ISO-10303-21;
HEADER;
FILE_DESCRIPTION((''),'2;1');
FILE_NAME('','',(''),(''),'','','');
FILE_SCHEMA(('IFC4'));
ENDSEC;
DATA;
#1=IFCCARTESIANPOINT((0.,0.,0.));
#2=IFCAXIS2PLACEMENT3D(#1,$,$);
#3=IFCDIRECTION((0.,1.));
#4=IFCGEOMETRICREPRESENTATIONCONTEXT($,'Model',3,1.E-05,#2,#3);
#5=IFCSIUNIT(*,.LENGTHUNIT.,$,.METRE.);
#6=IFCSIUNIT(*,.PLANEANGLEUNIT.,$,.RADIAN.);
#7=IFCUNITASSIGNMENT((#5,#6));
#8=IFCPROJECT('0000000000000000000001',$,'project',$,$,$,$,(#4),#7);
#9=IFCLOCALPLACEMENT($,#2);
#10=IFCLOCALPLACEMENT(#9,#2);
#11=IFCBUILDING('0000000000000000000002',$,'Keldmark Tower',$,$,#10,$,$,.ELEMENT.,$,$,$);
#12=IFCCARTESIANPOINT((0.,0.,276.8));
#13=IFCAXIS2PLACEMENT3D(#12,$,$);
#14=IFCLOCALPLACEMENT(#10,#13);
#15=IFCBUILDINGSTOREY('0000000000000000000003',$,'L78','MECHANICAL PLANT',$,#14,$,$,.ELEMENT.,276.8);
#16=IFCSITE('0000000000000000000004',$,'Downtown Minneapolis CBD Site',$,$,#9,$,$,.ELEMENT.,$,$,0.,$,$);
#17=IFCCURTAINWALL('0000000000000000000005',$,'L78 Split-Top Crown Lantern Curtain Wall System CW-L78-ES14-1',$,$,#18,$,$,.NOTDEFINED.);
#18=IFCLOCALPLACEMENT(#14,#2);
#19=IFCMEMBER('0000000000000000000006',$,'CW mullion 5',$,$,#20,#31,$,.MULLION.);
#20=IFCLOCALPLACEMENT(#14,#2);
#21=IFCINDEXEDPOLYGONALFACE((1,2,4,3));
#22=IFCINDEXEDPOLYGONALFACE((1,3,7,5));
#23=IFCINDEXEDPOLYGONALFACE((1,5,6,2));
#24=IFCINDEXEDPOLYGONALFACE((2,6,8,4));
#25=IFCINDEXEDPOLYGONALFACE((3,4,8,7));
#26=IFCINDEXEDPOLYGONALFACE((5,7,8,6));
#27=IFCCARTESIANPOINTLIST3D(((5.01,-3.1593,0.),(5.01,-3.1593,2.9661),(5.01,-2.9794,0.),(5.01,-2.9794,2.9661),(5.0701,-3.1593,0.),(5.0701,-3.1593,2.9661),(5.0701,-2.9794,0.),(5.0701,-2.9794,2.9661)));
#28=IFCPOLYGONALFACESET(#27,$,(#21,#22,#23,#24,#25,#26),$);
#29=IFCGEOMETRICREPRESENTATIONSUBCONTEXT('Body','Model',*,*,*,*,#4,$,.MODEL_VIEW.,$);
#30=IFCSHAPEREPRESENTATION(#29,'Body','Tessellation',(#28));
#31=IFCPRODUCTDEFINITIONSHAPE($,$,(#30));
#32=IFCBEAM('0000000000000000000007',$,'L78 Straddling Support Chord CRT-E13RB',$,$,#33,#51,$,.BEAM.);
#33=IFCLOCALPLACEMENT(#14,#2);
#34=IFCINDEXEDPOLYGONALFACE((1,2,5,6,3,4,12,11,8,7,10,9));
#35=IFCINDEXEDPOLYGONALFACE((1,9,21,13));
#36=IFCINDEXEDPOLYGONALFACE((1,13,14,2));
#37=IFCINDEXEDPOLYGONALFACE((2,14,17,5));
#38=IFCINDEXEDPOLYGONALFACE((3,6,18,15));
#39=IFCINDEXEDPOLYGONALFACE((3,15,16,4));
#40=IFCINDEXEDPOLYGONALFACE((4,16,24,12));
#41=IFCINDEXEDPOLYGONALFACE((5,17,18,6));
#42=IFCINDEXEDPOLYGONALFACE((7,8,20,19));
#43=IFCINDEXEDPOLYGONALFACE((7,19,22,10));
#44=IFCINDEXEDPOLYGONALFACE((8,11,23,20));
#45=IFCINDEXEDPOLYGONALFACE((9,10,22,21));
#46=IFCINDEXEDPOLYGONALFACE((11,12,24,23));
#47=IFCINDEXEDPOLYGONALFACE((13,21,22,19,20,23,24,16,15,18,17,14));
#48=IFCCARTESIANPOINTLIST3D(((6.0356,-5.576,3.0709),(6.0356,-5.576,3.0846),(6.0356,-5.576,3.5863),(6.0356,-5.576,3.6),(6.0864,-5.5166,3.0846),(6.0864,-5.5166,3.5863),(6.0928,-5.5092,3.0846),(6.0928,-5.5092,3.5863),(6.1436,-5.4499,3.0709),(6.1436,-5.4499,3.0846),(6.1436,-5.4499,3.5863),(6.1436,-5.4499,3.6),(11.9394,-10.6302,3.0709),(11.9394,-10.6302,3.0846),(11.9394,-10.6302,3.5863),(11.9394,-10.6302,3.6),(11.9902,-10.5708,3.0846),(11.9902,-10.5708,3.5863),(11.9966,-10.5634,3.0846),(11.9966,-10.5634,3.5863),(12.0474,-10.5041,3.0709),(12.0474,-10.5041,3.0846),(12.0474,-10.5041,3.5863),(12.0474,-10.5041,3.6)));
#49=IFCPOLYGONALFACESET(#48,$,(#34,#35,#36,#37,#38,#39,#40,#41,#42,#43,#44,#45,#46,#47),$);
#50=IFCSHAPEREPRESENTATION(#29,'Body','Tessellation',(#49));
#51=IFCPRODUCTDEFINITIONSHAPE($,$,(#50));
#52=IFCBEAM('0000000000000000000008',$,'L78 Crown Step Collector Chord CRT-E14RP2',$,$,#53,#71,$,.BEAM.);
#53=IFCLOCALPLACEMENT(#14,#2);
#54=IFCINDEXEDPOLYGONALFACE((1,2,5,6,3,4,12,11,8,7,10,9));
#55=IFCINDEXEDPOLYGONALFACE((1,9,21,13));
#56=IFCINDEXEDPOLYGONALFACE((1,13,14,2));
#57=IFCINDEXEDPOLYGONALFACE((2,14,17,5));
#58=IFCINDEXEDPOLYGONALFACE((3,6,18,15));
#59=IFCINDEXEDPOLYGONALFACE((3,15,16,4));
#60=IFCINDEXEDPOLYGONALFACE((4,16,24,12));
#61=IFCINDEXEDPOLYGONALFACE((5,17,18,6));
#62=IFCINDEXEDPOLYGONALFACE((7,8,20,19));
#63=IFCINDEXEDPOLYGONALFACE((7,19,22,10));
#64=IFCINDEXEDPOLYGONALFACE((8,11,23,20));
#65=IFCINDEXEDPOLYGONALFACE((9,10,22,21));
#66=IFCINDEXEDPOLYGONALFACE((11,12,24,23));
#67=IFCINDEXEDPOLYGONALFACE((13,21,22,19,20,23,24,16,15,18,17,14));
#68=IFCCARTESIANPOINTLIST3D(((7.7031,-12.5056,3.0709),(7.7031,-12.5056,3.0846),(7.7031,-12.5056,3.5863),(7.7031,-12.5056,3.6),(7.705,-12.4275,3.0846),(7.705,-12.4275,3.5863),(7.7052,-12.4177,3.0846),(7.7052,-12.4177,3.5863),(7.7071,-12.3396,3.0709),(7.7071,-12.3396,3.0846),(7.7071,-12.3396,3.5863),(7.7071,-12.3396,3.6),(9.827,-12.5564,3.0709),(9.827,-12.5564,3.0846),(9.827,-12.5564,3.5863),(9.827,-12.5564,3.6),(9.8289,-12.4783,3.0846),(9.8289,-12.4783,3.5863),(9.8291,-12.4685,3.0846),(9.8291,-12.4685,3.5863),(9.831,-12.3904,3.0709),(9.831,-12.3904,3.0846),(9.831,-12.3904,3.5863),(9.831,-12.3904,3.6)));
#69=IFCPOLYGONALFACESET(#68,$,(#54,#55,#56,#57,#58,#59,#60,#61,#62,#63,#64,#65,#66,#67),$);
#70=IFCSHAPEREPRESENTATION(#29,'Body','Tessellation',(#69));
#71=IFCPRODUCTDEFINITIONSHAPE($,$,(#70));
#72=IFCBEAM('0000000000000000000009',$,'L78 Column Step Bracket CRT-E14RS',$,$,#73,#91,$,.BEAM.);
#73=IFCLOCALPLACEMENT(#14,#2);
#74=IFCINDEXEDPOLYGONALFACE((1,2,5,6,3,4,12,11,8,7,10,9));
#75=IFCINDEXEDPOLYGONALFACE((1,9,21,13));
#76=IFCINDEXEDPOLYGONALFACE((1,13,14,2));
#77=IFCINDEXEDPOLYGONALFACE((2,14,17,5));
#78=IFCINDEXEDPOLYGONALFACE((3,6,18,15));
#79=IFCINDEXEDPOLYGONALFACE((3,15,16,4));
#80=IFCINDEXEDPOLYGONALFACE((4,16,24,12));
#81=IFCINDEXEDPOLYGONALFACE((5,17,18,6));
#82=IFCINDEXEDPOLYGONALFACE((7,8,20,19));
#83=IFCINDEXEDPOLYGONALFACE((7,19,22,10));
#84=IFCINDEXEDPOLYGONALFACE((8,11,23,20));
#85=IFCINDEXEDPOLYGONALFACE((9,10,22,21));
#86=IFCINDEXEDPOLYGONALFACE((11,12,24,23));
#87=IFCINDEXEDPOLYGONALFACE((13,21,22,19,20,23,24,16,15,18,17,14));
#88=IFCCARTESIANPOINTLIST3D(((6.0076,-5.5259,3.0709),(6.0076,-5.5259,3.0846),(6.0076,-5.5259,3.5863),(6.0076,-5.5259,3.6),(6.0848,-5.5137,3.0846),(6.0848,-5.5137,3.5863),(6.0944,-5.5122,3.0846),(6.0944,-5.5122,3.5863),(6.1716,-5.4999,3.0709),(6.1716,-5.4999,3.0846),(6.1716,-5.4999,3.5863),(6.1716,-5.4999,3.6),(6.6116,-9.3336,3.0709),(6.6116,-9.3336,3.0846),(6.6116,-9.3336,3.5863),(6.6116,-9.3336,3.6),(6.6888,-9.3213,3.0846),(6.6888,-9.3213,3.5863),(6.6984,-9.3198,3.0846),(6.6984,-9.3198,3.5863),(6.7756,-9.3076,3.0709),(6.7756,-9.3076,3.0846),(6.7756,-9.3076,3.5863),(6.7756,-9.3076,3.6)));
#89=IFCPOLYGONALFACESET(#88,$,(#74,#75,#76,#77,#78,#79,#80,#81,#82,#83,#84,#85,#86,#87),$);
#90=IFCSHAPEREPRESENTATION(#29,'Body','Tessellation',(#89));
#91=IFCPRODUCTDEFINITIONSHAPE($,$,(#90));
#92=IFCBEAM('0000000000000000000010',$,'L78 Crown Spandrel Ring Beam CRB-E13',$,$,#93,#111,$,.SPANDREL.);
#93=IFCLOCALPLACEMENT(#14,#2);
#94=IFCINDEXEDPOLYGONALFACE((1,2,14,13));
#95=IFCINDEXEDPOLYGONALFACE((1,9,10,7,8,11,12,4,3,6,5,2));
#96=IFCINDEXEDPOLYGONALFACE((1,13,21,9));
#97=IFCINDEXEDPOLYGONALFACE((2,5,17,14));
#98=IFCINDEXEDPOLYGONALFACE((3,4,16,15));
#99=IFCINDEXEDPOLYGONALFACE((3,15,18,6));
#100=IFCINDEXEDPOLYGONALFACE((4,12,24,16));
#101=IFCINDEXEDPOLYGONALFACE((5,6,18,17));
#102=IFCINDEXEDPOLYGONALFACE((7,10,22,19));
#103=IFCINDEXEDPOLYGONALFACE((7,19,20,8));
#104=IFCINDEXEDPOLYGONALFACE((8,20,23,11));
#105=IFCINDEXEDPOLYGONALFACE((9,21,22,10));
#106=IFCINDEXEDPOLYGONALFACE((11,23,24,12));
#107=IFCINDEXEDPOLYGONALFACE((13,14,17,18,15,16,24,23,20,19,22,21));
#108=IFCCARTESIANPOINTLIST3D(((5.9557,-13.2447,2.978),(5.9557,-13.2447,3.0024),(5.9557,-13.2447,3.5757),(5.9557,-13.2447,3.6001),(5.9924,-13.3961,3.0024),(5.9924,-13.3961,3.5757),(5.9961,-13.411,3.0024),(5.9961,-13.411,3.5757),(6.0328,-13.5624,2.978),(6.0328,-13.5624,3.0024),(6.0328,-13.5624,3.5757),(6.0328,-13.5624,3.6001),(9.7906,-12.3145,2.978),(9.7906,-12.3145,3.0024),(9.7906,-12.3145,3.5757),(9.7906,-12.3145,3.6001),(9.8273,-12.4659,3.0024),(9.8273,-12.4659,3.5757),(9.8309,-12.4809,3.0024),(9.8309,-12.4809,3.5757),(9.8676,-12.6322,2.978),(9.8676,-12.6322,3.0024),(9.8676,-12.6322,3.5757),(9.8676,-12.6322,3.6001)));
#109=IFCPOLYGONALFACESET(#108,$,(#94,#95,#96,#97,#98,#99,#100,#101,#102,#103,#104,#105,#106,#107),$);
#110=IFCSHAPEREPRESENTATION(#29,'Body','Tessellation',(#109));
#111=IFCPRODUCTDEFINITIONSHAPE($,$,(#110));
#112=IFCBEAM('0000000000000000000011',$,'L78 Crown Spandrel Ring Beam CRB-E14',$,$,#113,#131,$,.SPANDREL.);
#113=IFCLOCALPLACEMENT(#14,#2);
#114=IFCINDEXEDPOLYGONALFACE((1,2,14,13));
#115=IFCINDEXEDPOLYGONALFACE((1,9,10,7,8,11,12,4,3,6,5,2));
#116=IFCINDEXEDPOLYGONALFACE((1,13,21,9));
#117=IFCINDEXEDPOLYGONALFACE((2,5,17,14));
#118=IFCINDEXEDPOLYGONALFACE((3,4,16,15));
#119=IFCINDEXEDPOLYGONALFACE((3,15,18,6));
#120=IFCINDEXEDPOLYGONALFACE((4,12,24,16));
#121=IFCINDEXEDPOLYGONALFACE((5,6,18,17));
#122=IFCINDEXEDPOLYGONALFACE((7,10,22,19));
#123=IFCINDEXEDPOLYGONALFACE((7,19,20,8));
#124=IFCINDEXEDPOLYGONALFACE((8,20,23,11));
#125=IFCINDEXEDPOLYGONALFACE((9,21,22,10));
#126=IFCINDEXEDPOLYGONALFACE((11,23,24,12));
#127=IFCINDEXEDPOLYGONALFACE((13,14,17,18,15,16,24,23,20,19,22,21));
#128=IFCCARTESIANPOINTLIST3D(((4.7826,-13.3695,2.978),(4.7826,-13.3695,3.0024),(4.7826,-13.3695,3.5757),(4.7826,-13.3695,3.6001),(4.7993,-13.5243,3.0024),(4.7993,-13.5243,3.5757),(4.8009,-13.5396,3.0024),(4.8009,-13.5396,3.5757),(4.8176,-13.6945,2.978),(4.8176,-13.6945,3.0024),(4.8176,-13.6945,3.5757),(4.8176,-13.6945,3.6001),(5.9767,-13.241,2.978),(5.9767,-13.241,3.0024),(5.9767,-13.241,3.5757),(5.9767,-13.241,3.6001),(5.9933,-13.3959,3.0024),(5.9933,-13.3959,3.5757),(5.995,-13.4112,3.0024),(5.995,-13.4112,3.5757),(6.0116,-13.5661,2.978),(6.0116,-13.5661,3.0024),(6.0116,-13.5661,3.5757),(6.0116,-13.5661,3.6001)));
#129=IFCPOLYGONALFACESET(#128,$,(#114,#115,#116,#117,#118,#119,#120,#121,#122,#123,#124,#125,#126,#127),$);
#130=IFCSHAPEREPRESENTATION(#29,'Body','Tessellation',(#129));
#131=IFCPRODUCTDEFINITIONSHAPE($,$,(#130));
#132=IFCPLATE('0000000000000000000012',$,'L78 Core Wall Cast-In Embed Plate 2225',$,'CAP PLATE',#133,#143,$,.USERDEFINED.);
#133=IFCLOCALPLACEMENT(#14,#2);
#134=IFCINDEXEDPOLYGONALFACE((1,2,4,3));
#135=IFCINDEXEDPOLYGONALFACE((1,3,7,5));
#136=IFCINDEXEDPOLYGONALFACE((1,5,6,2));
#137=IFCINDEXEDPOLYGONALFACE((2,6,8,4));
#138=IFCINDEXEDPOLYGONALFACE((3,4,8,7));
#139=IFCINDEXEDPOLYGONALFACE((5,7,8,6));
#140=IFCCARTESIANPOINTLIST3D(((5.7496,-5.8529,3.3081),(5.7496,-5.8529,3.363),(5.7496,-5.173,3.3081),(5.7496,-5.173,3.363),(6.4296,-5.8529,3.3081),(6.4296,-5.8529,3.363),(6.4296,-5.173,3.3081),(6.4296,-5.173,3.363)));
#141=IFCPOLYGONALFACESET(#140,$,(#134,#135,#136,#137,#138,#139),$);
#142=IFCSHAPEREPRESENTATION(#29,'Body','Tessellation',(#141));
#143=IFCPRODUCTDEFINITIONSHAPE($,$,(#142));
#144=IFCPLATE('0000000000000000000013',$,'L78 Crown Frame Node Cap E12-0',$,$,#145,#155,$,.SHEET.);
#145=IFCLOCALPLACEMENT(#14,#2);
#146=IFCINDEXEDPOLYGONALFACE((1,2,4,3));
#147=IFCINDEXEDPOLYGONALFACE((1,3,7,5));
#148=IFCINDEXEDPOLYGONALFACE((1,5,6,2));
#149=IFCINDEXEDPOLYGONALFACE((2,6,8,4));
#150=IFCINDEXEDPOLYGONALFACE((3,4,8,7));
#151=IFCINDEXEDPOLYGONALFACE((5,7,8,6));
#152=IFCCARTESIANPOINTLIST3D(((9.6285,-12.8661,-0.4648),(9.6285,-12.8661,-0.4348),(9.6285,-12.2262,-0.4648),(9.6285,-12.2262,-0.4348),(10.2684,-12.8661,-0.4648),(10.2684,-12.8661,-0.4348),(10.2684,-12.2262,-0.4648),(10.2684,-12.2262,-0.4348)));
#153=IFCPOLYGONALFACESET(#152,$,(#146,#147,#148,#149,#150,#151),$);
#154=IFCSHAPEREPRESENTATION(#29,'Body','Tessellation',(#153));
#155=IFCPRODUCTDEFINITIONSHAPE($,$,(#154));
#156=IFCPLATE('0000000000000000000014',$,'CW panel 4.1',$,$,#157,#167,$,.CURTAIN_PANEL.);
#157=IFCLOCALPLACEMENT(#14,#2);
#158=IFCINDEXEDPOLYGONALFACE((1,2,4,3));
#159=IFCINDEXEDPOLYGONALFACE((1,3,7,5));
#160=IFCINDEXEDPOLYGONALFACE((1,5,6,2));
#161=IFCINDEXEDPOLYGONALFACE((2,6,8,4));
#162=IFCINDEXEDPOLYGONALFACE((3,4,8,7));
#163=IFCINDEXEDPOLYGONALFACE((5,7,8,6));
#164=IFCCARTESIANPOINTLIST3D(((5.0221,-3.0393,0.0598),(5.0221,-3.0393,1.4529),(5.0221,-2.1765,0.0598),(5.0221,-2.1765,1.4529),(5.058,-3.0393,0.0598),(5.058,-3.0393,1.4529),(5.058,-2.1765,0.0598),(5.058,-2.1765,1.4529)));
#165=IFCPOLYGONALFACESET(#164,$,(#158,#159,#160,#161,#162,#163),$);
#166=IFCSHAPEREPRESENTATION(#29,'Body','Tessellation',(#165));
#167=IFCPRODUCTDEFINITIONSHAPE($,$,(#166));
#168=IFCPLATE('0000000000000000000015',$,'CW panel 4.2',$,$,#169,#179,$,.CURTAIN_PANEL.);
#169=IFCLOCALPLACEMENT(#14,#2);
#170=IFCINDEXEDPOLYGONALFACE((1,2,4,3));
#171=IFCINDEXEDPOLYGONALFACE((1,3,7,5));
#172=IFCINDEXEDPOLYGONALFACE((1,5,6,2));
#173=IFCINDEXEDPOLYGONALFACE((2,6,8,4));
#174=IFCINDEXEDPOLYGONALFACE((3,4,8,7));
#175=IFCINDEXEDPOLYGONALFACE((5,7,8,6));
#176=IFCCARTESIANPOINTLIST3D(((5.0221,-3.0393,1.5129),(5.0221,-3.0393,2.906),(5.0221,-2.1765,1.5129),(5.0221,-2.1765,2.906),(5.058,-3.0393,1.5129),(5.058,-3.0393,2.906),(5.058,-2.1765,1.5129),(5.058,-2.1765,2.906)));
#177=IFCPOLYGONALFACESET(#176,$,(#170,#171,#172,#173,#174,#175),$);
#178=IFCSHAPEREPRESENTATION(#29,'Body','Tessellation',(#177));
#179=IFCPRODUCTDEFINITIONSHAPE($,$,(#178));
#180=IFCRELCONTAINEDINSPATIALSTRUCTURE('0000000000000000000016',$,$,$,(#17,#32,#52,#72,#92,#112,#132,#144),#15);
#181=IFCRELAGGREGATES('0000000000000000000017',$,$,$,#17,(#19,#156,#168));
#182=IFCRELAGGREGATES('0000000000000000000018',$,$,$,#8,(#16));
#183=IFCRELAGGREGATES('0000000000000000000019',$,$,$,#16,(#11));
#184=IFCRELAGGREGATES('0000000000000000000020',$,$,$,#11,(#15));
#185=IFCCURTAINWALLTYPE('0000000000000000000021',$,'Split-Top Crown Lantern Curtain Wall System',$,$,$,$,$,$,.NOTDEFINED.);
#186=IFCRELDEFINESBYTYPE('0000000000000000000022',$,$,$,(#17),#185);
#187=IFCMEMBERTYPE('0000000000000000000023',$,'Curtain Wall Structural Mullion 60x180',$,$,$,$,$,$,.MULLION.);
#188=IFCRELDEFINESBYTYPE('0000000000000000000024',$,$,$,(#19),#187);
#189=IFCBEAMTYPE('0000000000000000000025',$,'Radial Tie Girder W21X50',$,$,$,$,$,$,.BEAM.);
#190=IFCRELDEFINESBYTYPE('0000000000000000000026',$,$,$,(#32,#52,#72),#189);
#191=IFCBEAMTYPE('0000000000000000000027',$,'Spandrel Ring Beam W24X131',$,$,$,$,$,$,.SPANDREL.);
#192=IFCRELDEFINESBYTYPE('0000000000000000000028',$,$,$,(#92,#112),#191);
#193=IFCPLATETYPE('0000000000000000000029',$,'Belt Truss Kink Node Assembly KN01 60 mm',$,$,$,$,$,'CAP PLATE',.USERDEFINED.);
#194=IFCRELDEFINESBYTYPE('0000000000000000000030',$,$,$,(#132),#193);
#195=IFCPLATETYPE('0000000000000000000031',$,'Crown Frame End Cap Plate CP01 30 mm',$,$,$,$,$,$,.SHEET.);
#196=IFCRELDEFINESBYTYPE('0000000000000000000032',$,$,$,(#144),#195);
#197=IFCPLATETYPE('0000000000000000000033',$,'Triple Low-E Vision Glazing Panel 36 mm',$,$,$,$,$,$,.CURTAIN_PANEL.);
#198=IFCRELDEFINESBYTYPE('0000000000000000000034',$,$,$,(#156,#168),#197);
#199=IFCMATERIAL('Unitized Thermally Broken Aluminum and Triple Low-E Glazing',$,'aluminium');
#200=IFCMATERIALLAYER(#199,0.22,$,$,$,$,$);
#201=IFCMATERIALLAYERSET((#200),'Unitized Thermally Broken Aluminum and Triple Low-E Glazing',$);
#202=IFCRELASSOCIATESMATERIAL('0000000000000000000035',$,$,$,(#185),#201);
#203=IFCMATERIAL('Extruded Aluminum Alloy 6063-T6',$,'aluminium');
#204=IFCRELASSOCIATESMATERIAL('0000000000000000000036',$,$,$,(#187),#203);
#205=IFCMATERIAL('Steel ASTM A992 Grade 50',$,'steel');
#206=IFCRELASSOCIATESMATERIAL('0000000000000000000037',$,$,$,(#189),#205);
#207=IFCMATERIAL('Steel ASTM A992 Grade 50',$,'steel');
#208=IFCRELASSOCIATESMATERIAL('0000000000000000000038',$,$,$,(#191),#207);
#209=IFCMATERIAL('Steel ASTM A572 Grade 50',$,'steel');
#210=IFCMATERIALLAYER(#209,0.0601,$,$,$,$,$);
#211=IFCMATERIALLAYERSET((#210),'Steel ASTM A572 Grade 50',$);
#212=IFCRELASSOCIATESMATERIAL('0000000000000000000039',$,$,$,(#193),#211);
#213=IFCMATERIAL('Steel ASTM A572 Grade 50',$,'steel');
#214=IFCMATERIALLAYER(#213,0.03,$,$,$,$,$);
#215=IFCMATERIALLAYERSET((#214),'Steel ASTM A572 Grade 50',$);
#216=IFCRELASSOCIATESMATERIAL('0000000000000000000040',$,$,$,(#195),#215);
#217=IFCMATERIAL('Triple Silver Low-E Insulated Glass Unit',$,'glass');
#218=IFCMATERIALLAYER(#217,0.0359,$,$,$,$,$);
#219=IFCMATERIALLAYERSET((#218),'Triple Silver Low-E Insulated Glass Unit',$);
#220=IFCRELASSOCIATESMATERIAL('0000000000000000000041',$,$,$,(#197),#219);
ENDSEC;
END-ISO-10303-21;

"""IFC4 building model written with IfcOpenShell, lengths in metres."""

from ifc_helpers import new_model, si_unit, direction, frame, origin, origin_2d, place, context, subcontext, project, spatial, rectangle, i_section, extrude, material, layer, layer_set, material_profile, profile_set, type_object, element, aggregate, save


model = new_model("IFC4")

# Units and contexts
model_context = context("Model", 3, precision=1e-05, world=origin(), true_north=direction((0.0, 1.0)))
body_context = subcontext(model_context, "Body", "Model", "MODEL_VIEW")
ifc_project = project(units=[si_unit("LENGTHUNIT", "METRE"), si_unit("PLANEANGLEUNIT", "RADIAN")], contexts=[model_context])

# Site, building, storey
site_placement = place(None, origin())
site = spatial("IfcSite", under=ifc_project, at=site_placement, Name="Downtown Minneapolis CBD Site", CompositionType="ELEMENT", RefElevation=0.0)
building_placement = place(site_placement, origin())
building = spatial("IfcBuilding", under=site, at=building_placement, Name="Keldmark Tower", CompositionType="ELEMENT")
storey_placement = place(building_placement, frame((0.0, 0.0, 276.8)))
storey = spatial("IfcBuildingStorey", under=building, at=storey_placement, Name="L78", Description="MECHANICAL PLANT", CompositionType="ELEMENT", Elevation=276.8)

# Curtain wall, member
ifc_material_1 = material(Name="Unitized Thermally Broken Aluminum and Triple Low-E Glazing", Category="aluminium")
ifc_layer_1 = layer(ifc_material_1, 0.22)
ifc_layer_set_1 = layer_set([ifc_layer_1], Name="Unitized Thermally Broken Aluminum and Triple Low-E Glazing")
curtain_wall_type = type_object("IfcCurtainWallType", Name="Split-Top Crown Lantern Curtain Wall System", PredefinedType="NOTDEFINED", material=ifc_layer_set_1)
curtain_wall_placement = place(storey_placement, origin())
curtain_wall = element("IfcCurtainWall", 1, at=curtain_wall_placement, inside=storey, type_object=curtain_wall_type, Name="L78 Split-Top Crown Lantern Curtain Wall System CW-L78-ES14-1", PredefinedType="NOTDEFINED")
ifc_material_2 = material(Name="Extruded Aluminum Alloy 6063-T6", Category="aluminium")
ifc_material_profile_1 = material_profile(ifc_material_2, rectangle(XDim=0.0601, YDim=0.1799, at=origin_2d()), Name="CWM60X180")
ifc_profile_set_1 = profile_set([ifc_material_profile_1], Name="Extruded Aluminum Alloy 6063-T6")
member_type_1 = type_object("IfcMemberType", Name="Curtain Wall Structural Mullion 60x180", PredefinedType="MULLION", material=ifc_profile_set_1)
member_1_placement = place(storey_placement, frame((5.04, -3.0693, 0.0), z_axis=(0.0, 0.0, 1.0), x_axis=(1.0, 0.0, 0.0)))
member_1 = element("IfcMember", 2, at=member_1_placement, type_object=member_type_1, Name="CW mullion 5", PredefinedType="MULLION", context=body_context, shape_type="SweptSolid", body=[
    extrude(rectangle(XDim=0.0601, YDim=0.1799, at=origin_2d()), origin(), (0.0, 0.0, 1.0), 2.9661),
])

# Beams
ifc_material_3 = material(Name="Steel ASTM A992 Grade 50", Category="steel")
ifc_material_profile_2 = material_profile(ifc_material_3, i_section(OverallWidth=0.166, OverallDepth=0.5291, WebThickness=0.0098, FlangeThickness=0.0137, at=origin_2d()), Name="W21X50")
ifc_profile_set_2 = profile_set([ifc_material_profile_2], Name="Steel ASTM A992 Grade 50")
beam_type_1 = type_object("IfcBeamType", Name="Radial Tie Girder W21X50", PredefinedType="BEAM", material=ifc_profile_set_2)
beam_1_placement = place(storey_placement, frame((6.0896, -5.5129, 3.3354), z_axis=(0.759651, -0.650331, 0.0), x_axis=(0.650331, 0.759651, 0.0)))
element("IfcBeam", 3, at=beam_1_placement, inside=storey, type_object=beam_type_1, Name="L78 Straddling Support Chord CRT-E13RB", PredefinedType="BEAM", context=body_context, shape_type="SweptSolid", body=[
    extrude(i_section(OverallWidth=0.166, OverallDepth=0.5291, WebThickness=0.0098, FlangeThickness=0.0137, at=origin_2d()), origin(), (0.0, 0.0, 1.0), 7.7717),
])
beam_2_placement = place(storey_placement, frame((7.7051, -12.4226, 3.3354), z_axis=(0.999714, -0.023901, 0.0), x_axis=(0.023901, 0.999714, 0.0)))
element("IfcBeam", 4, at=beam_2_placement, inside=storey, type_object=beam_type_1, Name="L78 Crown Step Collector Chord CRT-E14RP2", PredefinedType="BEAM", context=body_context, shape_type="SweptSolid", body=[
    extrude(i_section(OverallWidth=0.166, OverallDepth=0.5291, WebThickness=0.0098, FlangeThickness=0.0137, at=origin_2d()), origin(), (0.0, 0.0, 1.0), 2.1245),
])
beam_3_placement = place(storey_placement, frame((6.0896, -5.5129, 3.3354), z_axis=(0.156671, -0.987651, 0.0), x_axis=(0.987651, 0.156671, 0.0)))
element("IfcBeam", 5, at=beam_3_placement, inside=storey, type_object=beam_type_1, Name="L78 Column Step Bracket CRT-E14RS", PredefinedType="BEAM", context=body_context, shape_type="SweptSolid", body=[
    extrude(i_section(OverallWidth=0.166, OverallDepth=0.5291, WebThickness=0.0098, FlangeThickness=0.0137, at=origin_2d()), origin(), (0.0, 0.0, 1.0), 3.8552),
])
ifc_material_4 = material(Name="Steel ASTM A992 Grade 50", Category="steel")
ifc_material_profile_3 = material_profile(ifc_material_4, i_section(OverallWidth=0.3269, OverallDepth=0.6221, WebThickness=0.0154, FlangeThickness=0.0244, at=origin_2d()), Name="W24X131")
ifc_profile_set_3 = profile_set([ifc_material_profile_3], Name="Steel ASTM A992 Grade 50")
beam_type_2 = type_object("IfcBeamType", Name="Spandrel Ring Beam W24X131", PredefinedType="SPANDREL", material=ifc_profile_set_3)
beam_4_placement = place(storey_placement, frame((9.8291, -12.4734, 3.2891), z_axis=(-0.971822, -0.235717, 0.0), x_axis=(0.235717, -0.971822, 0.0)))
element("IfcBeam", 6, at=beam_4_placement, inside=storey, type_object=beam_type_2, Name="L78 Crown Spandrel Ring Beam CRB-E13", PredefinedType="SPANDREL", context=body_context, shape_type="SweptSolid", body=[
    extrude(i_section(OverallWidth=0.3269, OverallDepth=0.6221, WebThickness=0.0154, FlangeThickness=0.0244, at=origin_2d()), origin(), (0.0, 0.0, 1.0), 3.946),
])
beam_5_placement = place(storey_placement, frame((5.9941, -13.4036, 3.2891), z_axis=(-0.994267, -0.106928, 0.0), x_axis=(0.106928, -0.994267, 0.0)))
element("IfcBeam", 7, at=beam_5_placement, inside=storey, type_object=beam_type_2, Name="L78 Crown Spandrel Ring Beam CRB-E14", PredefinedType="SPANDREL", context=body_context, shape_type="SweptSolid", body=[
    extrude(i_section(OverallWidth=0.3269, OverallDepth=0.6221, WebThickness=0.0154, FlangeThickness=0.0244, at=origin_2d()), origin(), (0.0, 0.0, 1.0), 1.2009),
])

# Plates
ifc_material_5 = material(Name="Steel ASTM A572 Grade 50", Category="steel")
ifc_layer_2 = layer(ifc_material_5, 0.0601)
ifc_layer_set_2 = layer_set([ifc_layer_2], Name="Steel ASTM A572 Grade 50")
plate_type_1 = type_object("IfcPlateType", Name="Belt Truss Kink Node Assembly KN01 60 mm", ElementType="CAP PLATE", PredefinedType="USERDEFINED", material=ifc_layer_set_2)
plate_1_placement = place(storey_placement, frame((6.0896, -5.5129, 3.3081), z_axis=(0.0, 0.0, 1.0), x_axis=(1.0, 0.0, 0.0)))
element("IfcPlate", 8, at=plate_1_placement, inside=storey, type_object=plate_type_1, Name="L78 Core Wall Cast-In Embed Plate 2225", ObjectType="CAP PLATE", PredefinedType="USERDEFINED", context=body_context, shape_type="SweptSolid", body=[
    extrude(rectangle(XDim=0.6799, YDim=0.6799, at=origin_2d()), origin(), (0.0, 0.0, 1.0), 0.0549),
])
ifc_material_6 = material(Name="Steel ASTM A572 Grade 50", Category="steel")
ifc_layer_3 = layer(ifc_material_6, 0.03)
ifc_layer_set_3 = layer_set([ifc_layer_3], Name="Steel ASTM A572 Grade 50")
plate_type_2 = type_object("IfcPlateType", Name="Crown Frame End Cap Plate CP01 30 mm", PredefinedType="SHEET", material=ifc_layer_set_3)
plate_2_placement = place(storey_placement, frame((9.9485, -12.5461, -0.4648), z_axis=(0.0, 0.0, 1.0), x_axis=(1.0, 0.0, 0.0)))
element("IfcPlate", 9, at=plate_2_placement, inside=storey, type_object=plate_type_2, Name="L78 Crown Frame Node Cap E12-0", PredefinedType="SHEET", context=body_context, shape_type="SweptSolid", body=[
    extrude(rectangle(XDim=0.6399, YDim=0.6399, at=origin_2d()), origin(), (0.0, 0.0, 1.0), 0.03),
])

# Plates
ifc_material_7 = material(Name="Triple Silver Low-E Insulated Glass Unit", Category="glass")
ifc_layer_4 = layer(ifc_material_7, 0.0359)
ifc_layer_set_4 = layer_set([ifc_layer_4], Name="Triple Silver Low-E Insulated Glass Unit")
plate_type_3 = type_object("IfcPlateType", Name="Triple Low-E Vision Glazing Panel 36 mm", PredefinedType="CURTAIN_PANEL", material=ifc_layer_set_4)
plate_3_placement = place(storey_placement, frame((5.04, -2.6079, 0.0598), z_axis=(0.0, 0.0, 1.0), x_axis=(0.0, -1.0, 0.0)))
plate_3 = element("IfcPlate", 10, at=plate_3_placement, type_object=plate_type_3, Name="CW panel 4.1", PredefinedType="CURTAIN_PANEL", context=body_context, shape_type="SweptSolid", body=[
    extrude(rectangle(XDim=0.8628, YDim=0.0359, at=origin_2d()), origin(), (0.0, 0.0, 1.0), 1.3931),
])
plate_4_placement = place(storey_placement, frame((5.04, -2.6079, 1.5129), z_axis=(0.0, 0.0, 1.0), x_axis=(0.0, -1.0, 0.0)))
plate_4 = element("IfcPlate", 11, at=plate_4_placement, type_object=plate_type_3, Name="CW panel 4.2", PredefinedType="CURTAIN_PANEL", context=body_context, shape_type="SweptSolid", body=[
    extrude(rectangle(XDim=0.8628, YDim=0.0359, at=origin_2d()), origin(), (0.0, 0.0, 1.0), 1.3931),
])
aggregate(curtain_wall, [member_1, plate_3, plate_4])

save(model, "model.ifc")
